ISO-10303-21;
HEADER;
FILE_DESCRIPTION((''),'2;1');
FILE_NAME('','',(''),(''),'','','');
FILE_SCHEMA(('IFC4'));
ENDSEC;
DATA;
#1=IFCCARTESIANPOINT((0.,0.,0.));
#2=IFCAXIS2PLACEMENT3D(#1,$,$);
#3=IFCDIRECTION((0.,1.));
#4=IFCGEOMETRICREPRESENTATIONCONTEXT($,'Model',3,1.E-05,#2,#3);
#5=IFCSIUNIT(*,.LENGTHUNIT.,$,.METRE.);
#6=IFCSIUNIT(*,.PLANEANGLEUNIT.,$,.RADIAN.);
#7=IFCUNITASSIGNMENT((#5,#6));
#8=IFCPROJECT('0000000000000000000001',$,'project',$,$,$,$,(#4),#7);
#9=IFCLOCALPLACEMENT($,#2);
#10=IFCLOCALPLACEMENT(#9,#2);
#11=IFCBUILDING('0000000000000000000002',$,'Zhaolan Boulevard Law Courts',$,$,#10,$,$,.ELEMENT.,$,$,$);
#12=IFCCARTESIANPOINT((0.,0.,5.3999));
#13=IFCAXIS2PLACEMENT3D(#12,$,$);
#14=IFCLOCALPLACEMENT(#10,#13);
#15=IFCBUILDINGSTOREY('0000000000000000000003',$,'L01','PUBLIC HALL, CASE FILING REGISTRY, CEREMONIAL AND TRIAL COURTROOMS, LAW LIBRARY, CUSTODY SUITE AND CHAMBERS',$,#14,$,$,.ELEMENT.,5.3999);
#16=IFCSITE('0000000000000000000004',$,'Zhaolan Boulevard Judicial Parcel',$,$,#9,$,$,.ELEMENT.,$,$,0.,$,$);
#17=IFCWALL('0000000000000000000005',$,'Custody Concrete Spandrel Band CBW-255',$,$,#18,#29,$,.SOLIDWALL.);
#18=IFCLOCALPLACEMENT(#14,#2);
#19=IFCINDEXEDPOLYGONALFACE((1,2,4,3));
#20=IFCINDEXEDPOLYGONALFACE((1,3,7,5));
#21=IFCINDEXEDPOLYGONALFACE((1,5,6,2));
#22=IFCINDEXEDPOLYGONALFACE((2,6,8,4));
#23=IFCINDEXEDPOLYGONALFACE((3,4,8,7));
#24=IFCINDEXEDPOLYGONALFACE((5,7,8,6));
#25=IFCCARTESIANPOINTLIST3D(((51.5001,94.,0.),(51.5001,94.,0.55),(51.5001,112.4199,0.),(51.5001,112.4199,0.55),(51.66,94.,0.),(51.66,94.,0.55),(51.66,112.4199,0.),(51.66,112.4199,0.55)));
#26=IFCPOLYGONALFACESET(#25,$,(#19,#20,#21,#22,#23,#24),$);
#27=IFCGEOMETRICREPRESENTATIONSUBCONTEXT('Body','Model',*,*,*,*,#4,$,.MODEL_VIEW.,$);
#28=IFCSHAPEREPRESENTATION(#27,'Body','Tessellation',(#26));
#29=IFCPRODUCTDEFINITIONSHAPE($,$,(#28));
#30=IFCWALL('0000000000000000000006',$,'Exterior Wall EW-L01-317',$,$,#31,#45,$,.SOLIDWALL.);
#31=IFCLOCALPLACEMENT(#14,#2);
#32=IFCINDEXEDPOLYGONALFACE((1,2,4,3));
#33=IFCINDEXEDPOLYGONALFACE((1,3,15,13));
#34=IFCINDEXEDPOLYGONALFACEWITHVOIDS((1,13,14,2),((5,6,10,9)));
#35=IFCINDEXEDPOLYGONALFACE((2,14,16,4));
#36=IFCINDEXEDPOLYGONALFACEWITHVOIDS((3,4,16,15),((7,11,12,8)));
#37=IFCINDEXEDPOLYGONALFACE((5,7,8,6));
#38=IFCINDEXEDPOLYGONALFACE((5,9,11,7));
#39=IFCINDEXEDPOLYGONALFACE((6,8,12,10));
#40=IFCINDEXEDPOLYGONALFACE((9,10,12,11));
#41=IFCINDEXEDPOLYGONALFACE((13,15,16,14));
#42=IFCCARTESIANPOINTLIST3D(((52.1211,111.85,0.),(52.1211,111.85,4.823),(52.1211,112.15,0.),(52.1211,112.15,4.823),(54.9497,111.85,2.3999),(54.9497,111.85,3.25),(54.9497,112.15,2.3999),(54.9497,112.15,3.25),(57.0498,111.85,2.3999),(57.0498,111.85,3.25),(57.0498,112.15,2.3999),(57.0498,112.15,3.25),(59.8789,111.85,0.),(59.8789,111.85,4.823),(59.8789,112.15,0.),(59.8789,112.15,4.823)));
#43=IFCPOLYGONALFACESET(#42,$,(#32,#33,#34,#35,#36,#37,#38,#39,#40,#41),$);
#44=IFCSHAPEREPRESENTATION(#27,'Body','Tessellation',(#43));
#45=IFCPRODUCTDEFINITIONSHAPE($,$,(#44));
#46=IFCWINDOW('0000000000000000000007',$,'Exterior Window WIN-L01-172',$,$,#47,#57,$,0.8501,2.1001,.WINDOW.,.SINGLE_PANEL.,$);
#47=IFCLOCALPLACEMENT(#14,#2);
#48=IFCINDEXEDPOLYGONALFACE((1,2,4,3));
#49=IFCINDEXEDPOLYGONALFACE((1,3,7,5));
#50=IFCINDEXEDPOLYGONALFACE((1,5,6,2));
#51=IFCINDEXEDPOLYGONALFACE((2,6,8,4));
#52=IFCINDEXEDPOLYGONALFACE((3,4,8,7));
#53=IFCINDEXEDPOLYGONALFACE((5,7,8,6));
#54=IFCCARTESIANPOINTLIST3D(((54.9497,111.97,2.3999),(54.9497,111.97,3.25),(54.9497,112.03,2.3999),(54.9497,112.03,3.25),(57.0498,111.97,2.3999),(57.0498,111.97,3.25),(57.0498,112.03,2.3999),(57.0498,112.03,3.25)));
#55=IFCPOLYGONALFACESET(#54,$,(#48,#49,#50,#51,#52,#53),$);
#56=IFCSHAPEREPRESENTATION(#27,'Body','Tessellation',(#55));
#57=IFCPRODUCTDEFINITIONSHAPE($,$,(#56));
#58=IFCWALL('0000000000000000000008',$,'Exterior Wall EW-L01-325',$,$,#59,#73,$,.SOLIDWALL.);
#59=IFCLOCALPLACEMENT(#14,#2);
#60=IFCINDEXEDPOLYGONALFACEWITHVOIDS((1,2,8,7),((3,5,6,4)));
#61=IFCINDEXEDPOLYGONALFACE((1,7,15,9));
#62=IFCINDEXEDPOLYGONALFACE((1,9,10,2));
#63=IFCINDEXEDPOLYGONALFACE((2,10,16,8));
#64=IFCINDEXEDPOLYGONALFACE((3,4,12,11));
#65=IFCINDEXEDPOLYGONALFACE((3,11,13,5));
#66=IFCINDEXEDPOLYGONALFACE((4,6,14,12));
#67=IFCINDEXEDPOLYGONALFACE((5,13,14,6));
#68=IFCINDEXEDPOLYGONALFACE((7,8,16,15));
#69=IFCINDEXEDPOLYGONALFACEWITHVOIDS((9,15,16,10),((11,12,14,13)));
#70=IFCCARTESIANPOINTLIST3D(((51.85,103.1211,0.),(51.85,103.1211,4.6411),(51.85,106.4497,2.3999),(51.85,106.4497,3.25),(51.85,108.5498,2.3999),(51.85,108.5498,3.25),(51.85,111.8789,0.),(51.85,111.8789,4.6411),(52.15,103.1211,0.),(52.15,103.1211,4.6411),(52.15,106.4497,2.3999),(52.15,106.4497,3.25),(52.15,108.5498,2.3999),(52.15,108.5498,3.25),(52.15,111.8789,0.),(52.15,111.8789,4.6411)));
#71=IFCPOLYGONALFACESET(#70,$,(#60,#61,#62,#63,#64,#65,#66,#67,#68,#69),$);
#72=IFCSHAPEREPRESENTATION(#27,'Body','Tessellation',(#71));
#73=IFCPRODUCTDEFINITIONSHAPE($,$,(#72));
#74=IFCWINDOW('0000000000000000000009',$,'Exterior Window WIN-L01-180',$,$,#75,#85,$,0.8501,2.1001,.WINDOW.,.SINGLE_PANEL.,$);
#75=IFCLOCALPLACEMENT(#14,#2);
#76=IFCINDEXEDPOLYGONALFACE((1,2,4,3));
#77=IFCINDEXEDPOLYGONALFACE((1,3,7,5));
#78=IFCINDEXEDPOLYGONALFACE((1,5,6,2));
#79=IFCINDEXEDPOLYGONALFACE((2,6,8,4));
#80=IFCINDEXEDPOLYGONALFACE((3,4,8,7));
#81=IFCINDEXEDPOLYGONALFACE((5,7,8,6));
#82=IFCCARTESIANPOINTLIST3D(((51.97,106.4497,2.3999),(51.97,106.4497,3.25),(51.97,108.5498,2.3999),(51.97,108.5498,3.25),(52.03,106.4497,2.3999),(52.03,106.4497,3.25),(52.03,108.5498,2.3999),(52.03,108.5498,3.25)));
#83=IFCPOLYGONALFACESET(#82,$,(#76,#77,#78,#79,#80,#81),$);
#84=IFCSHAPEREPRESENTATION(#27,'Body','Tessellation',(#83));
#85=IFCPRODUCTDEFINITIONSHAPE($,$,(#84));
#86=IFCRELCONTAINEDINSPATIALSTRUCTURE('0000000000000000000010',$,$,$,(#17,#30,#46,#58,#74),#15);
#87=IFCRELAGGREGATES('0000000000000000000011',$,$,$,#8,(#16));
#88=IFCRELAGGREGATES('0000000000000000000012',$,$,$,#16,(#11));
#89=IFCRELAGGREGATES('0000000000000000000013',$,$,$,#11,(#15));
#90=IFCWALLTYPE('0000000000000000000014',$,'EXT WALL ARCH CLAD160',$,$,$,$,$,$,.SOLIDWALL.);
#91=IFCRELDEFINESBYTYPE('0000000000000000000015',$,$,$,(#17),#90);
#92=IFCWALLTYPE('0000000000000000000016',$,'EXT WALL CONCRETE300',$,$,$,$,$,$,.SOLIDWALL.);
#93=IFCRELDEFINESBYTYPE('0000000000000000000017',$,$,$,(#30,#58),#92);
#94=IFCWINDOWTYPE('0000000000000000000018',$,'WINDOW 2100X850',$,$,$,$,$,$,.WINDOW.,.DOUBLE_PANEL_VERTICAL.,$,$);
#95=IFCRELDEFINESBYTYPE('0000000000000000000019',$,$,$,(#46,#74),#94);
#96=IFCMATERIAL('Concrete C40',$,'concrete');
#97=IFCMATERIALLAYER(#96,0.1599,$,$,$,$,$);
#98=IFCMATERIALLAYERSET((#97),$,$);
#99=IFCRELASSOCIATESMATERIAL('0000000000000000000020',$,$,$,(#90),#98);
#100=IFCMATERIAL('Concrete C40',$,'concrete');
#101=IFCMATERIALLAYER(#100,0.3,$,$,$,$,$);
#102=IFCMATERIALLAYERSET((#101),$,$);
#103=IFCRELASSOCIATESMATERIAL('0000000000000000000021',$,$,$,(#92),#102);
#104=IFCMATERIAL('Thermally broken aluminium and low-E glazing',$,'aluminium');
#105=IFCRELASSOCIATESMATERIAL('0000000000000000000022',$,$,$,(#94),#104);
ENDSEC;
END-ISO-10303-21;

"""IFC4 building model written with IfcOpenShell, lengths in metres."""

from ifc_helpers import new_model, si_unit, direction, frame, frame_2d, origin, place, context, subcontext, project, spatial, rectangle, extrude, material, layer, layer_set, type_object, element, fill, save


model = new_model("IFC4")

# Units and contexts
model_context = context("Model", 3, precision=1e-05, world=origin(), true_north=direction((0.0, 1.0)))
body_context = subcontext(model_context, "Body", "Model", "MODEL_VIEW")
ifc_project = project(units=[si_unit("LENGTHUNIT", "METRE"), si_unit("PLANEANGLEUNIT", "RADIAN")], contexts=[model_context])

# Site, building, storey
site_placement = place(None, origin())
site = spatial("IfcSite", under=ifc_project, at=site_placement, Name="Zhaolan Boulevard Judicial Parcel", CompositionType="ELEMENT", RefElevation=0.0)
building_placement = place(site_placement, origin())
building = spatial("IfcBuilding", under=site, at=building_placement, Name="Zhaolan Boulevard Law Courts", CompositionType="ELEMENT")
storey_placement = place(building_placement, frame((0.0, 0.0, 5.3999)))
storey = spatial("IfcBuildingStorey", under=building, at=storey_placement, Name="L01", Description="PUBLIC HALL, CASE FILING REGISTRY, CEREMONIAL AND TRIAL COURTROOMS, LAW LIBRARY, CUSTODY SUITE AND CHAMBERS", CompositionType="ELEMENT", Elevation=5.3999)

# Wall
ifc_material_1 = material(Name="Concrete C40", Category="concrete")
ifc_layer_1 = layer(ifc_material_1, 0.1599)
ifc_layer_set_1 = layer_set([ifc_layer_1])
wall_type_1 = type_object("IfcWallType", Name="EXT WALL ARCH CLAD160", PredefinedType="SOLIDWALL", material=ifc_layer_set_1)
wall_1_placement = place(storey_placement, frame((51.5801, 112.4199, 0.0), z_axis=(0.0, 0.0, 1.0), x_axis=(0.0, -1.0, 0.0)))
element("IfcWall", 1, at=wall_1_placement, inside=storey, type_object=wall_type_1, Name="Custody Concrete Spandrel Band CBW-255", PredefinedType="SOLIDWALL", context=body_context, shape_type="SweptSolid", body=[
    extrude(rectangle(XDim=18.4199, YDim=0.1599, at=frame_2d((9.21, 0.0))), origin(), (0.0, 0.0, 1.0), 0.55),
])

# Walls, openings, windows
ifc_material_2 = material(Name="Concrete C40", Category="concrete")
ifc_layer_2 = layer(ifc_material_2, 0.3)
ifc_layer_set_2 = layer_set([ifc_layer_2])
wall_type_2 = type_object("IfcWallType", Name="EXT WALL CONCRETE300", PredefinedType="SOLIDWALL", material=ifc_layer_set_2)
wall_2_placement = place(storey_placement, frame((59.8789, 112.0, 0.0), z_axis=(0.0, 0.0, 1.0), x_axis=(-1.0, 0.0, 0.0)))
wall_2 = element("IfcWall", 2, at=wall_2_placement, inside=storey, type_object=wall_type_2, Name="Exterior Wall EW-L01-317", PredefinedType="SOLIDWALL", context=body_context, shape_type="SweptSolid", body=[
    extrude(rectangle(XDim=7.7578, YDim=0.3, at=frame_2d((3.8789, 0.0))), origin(), (0.0, 0.0, 1.0), 4.823),
])
opening_1_placement = place(wall_2_placement, frame((2.8291, 0.0, 2.3999)))
opening_1 = element("IfcOpeningElement", 3, at=opening_1_placement, cuts=wall_2, PredefinedType="OPENING", context=body_context, shape_type="SweptSolid", body=[
    extrude(rectangle(XDim=2.1001, YDim=0.8501, at=frame_2d((1.05, 0.425))), frame((0.0, 0.1599, 0.0), z_axis=(0.0, -1.0, 0.0), x_axis=(1.0, 0.0, 0.0)), (0.0, 0.0, 1.0), 0.3201),
])
ifc_material_3 = material(Name="Thermally broken aluminium and low-E glazing", Category="aluminium")
window_type = type_object("IfcWindowType", Name="WINDOW 2100X850", PartitioningType="DOUBLE_PANEL_VERTICAL", PredefinedType="WINDOW", material=ifc_material_3)
window_1_placement = place(opening_1_placement, origin())
window_1 = element("IfcWindow", 4, at=window_1_placement, inside=storey, type_object=window_type, Name="Exterior Window WIN-L01-172", OverallHeight=0.8501, OverallWidth=2.1001, PartitioningType="SINGLE_PANEL", PredefinedType="WINDOW", context=body_context, shape_type="SweptSolid", body=[
    extrude(rectangle(XDim=2.1001, YDim=0.8501, at=frame_2d((1.05, 0.425))), frame((0.0, 0.03, 0.0), z_axis=(0.0, -1.0, 0.0), x_axis=(1.0, 0.0, 0.0)), (0.0, 0.0, 1.0), 0.0601),
])
fill(opening_1, window_1)
wall_3_placement = place(storey_placement, frame((52.0, 111.8789, 0.0), z_axis=(0.0, 0.0, 1.0), x_axis=(0.0, -1.0, 0.0)))
wall_3 = element("IfcWall", 5, at=wall_3_placement, inside=storey, type_object=wall_type_2, Name="Exterior Wall EW-L01-325", PredefinedType="SOLIDWALL", context=body_context, shape_type="SweptSolid", body=[
    extrude(rectangle(XDim=8.7578, YDim=0.3, at=frame_2d((4.3789, 0.0))), origin(), (0.0, 0.0, 1.0), 4.6411),
])
opening_2_placement = place(wall_3_placement, frame((3.3291, 0.0, 2.3999)))
opening_2 = element("IfcOpeningElement", 6, at=opening_2_placement, cuts=wall_3, PredefinedType="OPENING", context=body_context, shape_type="SweptSolid", body=[
    extrude(rectangle(XDim=2.1001, YDim=0.8501, at=frame_2d((1.05, 0.425))), frame((0.0, 0.1599, 0.0), z_axis=(0.0, -1.0, 0.0), x_axis=(1.0, 0.0, 0.0)), (0.0, 0.0, 1.0), 0.3201),
])
window_2_placement = place(opening_2_placement, origin())
window_2 = element("IfcWindow", 7, at=window_2_placement, inside=storey, type_object=window_type, Name="Exterior Window WIN-L01-180", OverallHeight=0.8501, OverallWidth=2.1001, PartitioningType="SINGLE_PANEL", PredefinedType="WINDOW", context=body_context, shape_type="SweptSolid", body=[
    extrude(rectangle(XDim=2.1001, YDim=0.8501, at=frame_2d((1.05, 0.425))), frame((0.0, 0.03, 0.0), z_axis=(0.0, -1.0, 0.0), x_axis=(1.0, 0.0, 0.0)), (0.0, 0.0, 1.0), 0.0601),
])
fill(opening_2, window_2)

save(model, "model.ifc")
